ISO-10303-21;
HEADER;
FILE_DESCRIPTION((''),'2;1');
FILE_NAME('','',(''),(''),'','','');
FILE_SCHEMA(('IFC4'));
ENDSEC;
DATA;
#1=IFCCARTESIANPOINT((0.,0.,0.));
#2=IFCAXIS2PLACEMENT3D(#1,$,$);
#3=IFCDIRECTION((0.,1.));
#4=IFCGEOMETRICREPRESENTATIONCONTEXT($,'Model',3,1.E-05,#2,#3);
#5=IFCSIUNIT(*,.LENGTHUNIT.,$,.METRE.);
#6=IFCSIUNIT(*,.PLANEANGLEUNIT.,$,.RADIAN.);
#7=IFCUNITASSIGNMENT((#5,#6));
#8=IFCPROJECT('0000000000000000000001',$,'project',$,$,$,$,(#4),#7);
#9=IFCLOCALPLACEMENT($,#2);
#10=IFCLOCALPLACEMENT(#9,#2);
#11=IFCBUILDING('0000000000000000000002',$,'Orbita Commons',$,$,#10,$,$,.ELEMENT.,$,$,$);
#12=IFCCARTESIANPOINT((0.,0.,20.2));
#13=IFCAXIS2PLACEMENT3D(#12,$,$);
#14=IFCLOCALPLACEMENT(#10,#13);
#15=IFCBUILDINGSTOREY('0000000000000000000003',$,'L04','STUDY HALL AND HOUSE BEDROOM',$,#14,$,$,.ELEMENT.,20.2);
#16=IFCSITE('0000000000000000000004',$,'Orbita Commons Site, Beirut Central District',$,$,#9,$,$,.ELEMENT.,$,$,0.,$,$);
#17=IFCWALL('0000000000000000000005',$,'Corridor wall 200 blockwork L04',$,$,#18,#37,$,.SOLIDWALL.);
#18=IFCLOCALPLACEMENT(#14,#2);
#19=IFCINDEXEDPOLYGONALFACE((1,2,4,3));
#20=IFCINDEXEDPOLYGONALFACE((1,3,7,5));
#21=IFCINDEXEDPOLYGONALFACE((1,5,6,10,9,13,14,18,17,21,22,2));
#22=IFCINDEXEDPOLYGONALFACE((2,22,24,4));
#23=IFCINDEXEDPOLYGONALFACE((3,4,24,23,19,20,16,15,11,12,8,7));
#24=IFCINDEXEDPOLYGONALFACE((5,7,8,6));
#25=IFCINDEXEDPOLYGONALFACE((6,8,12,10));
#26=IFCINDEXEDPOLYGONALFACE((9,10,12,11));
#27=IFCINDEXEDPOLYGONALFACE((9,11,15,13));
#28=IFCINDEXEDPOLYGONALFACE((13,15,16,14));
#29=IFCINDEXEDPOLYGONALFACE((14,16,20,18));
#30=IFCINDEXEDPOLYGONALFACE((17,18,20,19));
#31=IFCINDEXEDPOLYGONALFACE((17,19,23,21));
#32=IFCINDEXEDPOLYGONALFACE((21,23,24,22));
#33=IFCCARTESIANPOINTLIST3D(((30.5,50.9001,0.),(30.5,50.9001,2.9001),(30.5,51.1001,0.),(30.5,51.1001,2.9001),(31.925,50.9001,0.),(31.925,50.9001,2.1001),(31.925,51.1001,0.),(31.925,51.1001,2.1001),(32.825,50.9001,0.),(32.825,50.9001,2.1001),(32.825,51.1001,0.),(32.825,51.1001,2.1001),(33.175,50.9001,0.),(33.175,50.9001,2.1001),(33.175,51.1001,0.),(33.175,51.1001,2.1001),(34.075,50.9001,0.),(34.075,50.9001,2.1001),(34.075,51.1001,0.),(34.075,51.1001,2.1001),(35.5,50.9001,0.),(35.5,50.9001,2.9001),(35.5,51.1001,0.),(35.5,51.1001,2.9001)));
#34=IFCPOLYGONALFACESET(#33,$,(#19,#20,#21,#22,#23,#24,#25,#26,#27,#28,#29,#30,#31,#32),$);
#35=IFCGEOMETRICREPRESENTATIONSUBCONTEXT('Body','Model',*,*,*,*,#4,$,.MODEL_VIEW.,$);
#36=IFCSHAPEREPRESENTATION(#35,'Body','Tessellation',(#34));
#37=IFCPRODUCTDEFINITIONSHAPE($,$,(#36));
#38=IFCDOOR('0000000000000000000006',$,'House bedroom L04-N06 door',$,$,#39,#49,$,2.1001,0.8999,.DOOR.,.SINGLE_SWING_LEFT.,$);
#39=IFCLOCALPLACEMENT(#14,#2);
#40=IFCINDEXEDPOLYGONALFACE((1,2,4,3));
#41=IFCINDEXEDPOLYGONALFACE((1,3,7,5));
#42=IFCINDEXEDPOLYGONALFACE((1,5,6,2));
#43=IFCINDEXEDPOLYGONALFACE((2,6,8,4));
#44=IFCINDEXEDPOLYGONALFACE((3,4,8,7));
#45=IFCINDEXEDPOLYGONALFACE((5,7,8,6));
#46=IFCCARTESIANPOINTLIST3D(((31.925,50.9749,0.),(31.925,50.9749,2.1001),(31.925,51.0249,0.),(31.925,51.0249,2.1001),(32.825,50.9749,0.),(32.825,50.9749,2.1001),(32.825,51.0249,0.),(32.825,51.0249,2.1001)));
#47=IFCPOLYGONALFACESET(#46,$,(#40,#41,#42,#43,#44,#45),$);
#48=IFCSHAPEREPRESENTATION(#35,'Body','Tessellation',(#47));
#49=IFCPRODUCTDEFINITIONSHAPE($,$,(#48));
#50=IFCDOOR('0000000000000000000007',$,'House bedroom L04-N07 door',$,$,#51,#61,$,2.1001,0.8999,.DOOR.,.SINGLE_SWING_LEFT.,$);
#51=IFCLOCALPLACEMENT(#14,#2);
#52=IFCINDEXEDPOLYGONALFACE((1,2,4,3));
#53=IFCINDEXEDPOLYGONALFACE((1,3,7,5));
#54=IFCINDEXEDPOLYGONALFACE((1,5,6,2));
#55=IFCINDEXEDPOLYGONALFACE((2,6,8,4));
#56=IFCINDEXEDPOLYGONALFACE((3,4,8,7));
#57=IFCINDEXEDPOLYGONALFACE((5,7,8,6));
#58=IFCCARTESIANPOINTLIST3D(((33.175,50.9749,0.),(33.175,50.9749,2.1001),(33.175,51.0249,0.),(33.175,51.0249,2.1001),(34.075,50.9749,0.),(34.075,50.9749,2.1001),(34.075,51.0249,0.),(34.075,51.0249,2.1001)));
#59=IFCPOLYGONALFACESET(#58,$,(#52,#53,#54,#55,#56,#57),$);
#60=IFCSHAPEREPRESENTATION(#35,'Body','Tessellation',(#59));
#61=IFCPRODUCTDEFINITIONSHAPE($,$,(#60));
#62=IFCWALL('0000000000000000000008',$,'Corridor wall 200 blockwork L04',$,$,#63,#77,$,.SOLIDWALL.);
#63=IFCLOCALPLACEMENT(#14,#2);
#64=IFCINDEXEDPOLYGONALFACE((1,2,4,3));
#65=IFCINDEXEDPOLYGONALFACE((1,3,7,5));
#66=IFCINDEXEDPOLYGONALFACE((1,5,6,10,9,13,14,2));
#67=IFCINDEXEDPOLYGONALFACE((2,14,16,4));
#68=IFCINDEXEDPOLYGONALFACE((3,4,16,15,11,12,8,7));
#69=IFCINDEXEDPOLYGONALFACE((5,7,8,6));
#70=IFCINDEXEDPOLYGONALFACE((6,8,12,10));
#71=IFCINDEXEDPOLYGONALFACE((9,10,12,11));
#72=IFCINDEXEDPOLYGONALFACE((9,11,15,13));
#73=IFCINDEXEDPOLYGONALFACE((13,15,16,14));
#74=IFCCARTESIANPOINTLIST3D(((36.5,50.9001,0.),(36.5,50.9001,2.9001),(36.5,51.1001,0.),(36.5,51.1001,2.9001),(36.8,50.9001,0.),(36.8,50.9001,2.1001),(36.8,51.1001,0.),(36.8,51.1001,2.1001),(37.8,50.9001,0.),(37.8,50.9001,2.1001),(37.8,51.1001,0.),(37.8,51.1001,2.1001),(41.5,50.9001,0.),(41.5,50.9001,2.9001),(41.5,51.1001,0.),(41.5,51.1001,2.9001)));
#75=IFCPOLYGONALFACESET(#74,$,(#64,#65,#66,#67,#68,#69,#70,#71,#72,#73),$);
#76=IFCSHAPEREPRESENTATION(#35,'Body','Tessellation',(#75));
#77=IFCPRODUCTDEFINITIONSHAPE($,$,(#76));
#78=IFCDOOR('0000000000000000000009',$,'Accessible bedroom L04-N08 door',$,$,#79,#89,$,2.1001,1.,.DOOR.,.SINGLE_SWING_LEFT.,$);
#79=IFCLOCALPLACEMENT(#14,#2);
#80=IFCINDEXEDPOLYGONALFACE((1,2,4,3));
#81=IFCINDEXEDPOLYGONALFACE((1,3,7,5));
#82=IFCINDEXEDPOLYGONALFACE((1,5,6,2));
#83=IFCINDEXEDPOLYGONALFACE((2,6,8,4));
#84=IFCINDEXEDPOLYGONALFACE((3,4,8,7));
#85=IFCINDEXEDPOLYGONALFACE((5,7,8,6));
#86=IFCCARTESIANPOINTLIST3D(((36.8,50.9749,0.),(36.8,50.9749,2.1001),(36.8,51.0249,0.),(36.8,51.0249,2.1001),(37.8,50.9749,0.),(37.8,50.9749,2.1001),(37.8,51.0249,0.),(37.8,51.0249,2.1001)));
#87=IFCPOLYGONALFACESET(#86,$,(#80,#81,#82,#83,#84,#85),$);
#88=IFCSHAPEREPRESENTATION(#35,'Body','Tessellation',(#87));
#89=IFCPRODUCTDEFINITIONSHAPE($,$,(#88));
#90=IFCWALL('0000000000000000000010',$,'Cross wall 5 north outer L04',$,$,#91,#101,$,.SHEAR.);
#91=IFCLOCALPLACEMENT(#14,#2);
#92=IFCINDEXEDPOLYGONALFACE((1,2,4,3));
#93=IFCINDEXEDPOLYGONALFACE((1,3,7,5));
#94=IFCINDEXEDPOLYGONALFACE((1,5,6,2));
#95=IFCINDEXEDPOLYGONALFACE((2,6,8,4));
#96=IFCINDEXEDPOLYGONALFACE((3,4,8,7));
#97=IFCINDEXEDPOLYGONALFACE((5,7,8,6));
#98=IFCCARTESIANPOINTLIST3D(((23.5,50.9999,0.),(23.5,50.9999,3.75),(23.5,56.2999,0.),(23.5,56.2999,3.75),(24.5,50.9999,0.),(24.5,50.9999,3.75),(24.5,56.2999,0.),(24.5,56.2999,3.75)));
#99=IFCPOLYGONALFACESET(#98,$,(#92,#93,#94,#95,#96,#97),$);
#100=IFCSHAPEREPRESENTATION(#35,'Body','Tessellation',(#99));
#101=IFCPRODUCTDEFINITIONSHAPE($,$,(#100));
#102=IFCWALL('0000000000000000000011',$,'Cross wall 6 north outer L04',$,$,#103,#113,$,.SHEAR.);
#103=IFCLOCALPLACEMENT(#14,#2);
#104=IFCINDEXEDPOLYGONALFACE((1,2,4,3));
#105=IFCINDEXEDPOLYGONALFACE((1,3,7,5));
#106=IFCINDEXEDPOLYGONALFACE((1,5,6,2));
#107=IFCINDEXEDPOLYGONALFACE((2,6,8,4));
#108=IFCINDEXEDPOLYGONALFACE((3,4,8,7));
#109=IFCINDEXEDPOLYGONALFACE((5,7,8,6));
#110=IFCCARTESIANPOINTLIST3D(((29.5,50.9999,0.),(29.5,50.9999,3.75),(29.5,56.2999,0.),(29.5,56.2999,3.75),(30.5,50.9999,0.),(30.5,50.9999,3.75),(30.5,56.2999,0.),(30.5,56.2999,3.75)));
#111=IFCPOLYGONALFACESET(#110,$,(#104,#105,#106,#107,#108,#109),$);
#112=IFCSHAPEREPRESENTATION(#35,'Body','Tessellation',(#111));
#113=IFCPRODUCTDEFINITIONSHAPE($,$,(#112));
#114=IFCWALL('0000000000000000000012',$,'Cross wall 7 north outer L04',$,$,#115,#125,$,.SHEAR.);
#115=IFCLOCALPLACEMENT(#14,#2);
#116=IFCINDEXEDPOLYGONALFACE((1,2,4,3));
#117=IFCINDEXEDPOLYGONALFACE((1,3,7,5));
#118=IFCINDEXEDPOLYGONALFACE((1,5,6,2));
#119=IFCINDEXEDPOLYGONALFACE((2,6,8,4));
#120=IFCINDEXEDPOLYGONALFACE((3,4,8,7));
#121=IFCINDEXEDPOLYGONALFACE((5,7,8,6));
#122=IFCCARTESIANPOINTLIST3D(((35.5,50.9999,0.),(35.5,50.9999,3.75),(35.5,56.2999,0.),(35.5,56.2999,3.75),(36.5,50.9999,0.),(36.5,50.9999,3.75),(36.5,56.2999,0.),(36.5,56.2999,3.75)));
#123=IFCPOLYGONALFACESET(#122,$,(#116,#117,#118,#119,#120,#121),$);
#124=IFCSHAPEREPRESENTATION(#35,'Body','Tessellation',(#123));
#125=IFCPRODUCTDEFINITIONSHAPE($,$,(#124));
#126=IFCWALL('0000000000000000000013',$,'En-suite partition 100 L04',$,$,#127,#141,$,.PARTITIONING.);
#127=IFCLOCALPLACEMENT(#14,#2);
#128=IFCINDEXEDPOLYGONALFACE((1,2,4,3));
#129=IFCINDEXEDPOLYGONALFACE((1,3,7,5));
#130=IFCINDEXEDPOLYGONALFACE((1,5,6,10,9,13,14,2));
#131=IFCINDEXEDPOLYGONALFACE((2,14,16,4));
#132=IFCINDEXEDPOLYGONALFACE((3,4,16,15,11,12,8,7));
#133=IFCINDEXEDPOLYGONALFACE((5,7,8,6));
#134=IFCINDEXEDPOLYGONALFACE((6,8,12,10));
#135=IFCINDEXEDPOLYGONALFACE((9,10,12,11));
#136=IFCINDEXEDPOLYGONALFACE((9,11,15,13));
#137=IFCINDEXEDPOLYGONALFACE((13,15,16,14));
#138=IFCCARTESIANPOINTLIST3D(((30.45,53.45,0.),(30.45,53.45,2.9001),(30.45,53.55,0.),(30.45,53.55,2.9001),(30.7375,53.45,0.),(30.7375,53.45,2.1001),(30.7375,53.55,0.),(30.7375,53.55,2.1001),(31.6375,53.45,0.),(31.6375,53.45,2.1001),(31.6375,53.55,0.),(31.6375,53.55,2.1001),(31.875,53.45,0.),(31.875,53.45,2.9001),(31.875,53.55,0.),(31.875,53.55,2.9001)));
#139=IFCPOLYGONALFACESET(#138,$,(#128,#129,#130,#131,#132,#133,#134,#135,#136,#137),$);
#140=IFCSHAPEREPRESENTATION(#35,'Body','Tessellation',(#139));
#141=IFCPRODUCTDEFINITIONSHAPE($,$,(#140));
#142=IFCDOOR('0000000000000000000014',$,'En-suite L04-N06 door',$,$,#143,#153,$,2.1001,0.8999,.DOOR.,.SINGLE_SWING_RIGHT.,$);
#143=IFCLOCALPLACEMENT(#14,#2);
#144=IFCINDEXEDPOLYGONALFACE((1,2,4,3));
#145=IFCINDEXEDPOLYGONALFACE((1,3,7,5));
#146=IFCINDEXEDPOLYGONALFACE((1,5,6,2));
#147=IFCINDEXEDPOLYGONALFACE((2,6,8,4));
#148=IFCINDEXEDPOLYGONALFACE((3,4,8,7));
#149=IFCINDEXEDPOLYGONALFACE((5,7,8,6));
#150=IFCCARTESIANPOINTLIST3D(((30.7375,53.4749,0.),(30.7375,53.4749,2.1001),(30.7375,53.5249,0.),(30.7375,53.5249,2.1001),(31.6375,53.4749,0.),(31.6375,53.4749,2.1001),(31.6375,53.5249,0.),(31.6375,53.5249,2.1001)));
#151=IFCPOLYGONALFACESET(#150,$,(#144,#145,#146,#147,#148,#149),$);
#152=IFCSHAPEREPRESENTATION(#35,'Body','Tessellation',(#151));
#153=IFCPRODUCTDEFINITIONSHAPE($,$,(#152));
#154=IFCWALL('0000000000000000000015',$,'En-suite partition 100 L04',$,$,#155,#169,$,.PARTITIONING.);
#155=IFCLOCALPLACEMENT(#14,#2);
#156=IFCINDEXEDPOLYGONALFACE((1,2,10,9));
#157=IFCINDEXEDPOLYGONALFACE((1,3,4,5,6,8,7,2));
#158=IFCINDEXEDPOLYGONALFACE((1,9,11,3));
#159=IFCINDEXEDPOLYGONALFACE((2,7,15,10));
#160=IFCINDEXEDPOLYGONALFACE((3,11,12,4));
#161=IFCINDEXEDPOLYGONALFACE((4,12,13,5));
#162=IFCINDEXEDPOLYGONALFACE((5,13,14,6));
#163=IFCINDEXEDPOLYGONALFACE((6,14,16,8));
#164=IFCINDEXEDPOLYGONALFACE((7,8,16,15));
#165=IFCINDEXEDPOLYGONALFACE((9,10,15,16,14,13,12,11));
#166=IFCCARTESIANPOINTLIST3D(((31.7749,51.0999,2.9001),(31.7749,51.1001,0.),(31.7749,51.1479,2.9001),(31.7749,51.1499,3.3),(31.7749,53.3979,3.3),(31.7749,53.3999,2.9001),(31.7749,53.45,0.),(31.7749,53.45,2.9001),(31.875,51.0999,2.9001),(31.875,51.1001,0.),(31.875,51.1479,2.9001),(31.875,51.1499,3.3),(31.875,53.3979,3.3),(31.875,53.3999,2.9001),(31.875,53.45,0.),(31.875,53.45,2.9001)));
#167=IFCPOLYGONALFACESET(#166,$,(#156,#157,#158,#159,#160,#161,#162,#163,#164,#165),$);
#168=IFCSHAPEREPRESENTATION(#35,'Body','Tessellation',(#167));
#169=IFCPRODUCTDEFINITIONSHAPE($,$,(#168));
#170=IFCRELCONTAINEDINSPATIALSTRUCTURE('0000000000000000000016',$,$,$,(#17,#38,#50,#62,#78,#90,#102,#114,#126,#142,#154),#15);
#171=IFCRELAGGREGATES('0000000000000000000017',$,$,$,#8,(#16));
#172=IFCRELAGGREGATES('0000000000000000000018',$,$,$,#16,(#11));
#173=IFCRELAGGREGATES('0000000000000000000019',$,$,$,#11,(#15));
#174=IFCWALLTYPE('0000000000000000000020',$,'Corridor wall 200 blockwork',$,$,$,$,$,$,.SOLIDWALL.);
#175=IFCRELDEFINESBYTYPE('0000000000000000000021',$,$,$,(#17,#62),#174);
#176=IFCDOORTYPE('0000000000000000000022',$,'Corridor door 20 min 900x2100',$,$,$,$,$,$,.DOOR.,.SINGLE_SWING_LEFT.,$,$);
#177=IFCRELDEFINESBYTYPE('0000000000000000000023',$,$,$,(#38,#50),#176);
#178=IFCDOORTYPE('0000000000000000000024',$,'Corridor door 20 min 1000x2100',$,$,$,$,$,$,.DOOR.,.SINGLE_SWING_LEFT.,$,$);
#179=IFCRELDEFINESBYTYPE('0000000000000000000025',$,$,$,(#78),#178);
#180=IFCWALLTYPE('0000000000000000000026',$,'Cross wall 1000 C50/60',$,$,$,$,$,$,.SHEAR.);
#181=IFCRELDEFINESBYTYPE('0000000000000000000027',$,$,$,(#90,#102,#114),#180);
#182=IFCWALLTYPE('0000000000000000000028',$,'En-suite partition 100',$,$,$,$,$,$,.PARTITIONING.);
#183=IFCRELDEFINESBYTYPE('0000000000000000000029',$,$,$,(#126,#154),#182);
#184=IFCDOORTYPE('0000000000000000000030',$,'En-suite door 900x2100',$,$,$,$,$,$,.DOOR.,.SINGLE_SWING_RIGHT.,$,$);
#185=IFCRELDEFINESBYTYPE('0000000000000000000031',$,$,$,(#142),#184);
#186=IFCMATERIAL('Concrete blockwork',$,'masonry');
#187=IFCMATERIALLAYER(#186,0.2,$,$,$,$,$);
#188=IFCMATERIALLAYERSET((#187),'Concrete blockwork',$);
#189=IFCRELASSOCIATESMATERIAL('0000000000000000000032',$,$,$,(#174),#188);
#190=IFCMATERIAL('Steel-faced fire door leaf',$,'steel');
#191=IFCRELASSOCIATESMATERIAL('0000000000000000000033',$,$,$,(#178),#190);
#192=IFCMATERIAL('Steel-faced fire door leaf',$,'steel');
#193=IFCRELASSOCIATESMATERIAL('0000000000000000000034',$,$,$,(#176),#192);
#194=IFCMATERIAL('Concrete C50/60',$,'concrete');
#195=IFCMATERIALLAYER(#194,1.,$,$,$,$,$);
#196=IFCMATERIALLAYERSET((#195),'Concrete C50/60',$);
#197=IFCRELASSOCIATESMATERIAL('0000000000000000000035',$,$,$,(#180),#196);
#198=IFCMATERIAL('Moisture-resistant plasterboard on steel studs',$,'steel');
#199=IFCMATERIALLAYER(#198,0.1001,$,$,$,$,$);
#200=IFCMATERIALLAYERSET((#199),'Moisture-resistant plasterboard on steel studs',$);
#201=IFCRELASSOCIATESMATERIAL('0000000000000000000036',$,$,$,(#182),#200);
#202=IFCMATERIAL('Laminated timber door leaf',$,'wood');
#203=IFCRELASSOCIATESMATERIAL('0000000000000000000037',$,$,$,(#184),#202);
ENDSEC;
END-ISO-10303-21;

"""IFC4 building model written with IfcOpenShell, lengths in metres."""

from ifc_helpers import new_model, si_unit, direction, frame, frame_2d, origin, place, context, subcontext, project, spatial, polyline, rectangle, outline, extrude, material, layer, layer_set, type_object, element, fill, save


model = new_model("IFC4")

# Units and contexts
model_context = context("Model", 3, precision=1e-05, world=origin(), true_north=direction((0.0, 1.0)))
body_context = subcontext(model_context, "Body", "Model", "MODEL_VIEW")
ifc_project = project(units=[si_unit("LENGTHUNIT", "METRE"), si_unit("PLANEANGLEUNIT", "RADIAN")], contexts=[model_context])

# Site, building, storey
site_placement = place(None, origin())
site = spatial("IfcSite", under=ifc_project, at=site_placement, Name="Orbita Commons Site, Beirut Central District", CompositionType="ELEMENT", RefElevation=0.0)
building_placement = place(site_placement, origin())
building = spatial("IfcBuilding", under=site, at=building_placement, Name="Orbita Commons", CompositionType="ELEMENT")
storey_placement = place(building_placement, frame((0.0, 0.0, 20.2)))
storey = spatial("IfcBuildingStorey", under=building, at=storey_placement, Name="L04", Description="STUDY HALL AND HOUSE BEDROOM", CompositionType="ELEMENT", Elevation=20.2)

# Shared definitions
ifc_material_1 = material(Name="Concrete blockwork", Category="masonry")
ifc_layer_1 = layer(ifc_material_1, 0.2)
ifc_layer_set_1 = layer_set([ifc_layer_1], Name="Concrete blockwork")
wall_type_1 = type_object("IfcWallType", Name="Corridor wall 200 blockwork", PredefinedType="SOLIDWALL", material=ifc_layer_set_1)
ifc_material_2 = material(Name="Steel-faced fire door leaf", Category="steel")
door_type_1 = type_object("IfcDoorType", Name="Corridor door 20 min 1000x2100", OperationType="SINGLE_SWING_LEFT", PredefinedType="DOOR", material=ifc_material_2)

# Wall, openings, doors
wall_1_placement = place(storey_placement, frame((30.5, 51.0, 0.0), z_axis=(0.0, 0.0, 1.0), x_axis=(1.0, 0.0, 0.0)))
wall_1 = element("IfcWall", 1, at=wall_1_placement, inside=storey, type_object=wall_type_1, Name="Corridor wall 200 blockwork L04", PredefinedType="SOLIDWALL", context=body_context, shape_type="SweptSolid", body=[
    extrude(outline(polyline([(0.0, 0.0), (5.0, 0.0), (5.0, 2.9001), (0.0, 2.9001), (0.0, 0.0)])), frame((0.0, 0.1001, 0.0), z_axis=(0.0, -1.0, 0.0), x_axis=(1.0, 0.0, 0.0)), (0.0, 0.0, 1.0), 0.2),
])
opening_1_placement = place(wall_1_placement, frame((1.425, 0.0, 0.0)))
opening_1 = element("IfcOpeningElement", 2, at=opening_1_placement, cuts=wall_1, PredefinedType="OPENING", context=body_context, shape_type="SweptSolid", body=[
    extrude(rectangle(XDim=0.8999, YDim=2.1001, at=frame_2d((0.45, 1.05))), frame((0.0, 0.1099, 0.0), z_axis=(0.0, -1.0, 0.0), x_axis=(1.0, 0.0, 0.0)), (0.0, 0.0, 1.0), 0.22),
])
opening_2_placement = place(wall_1_placement, frame((2.675, 0.0, 0.0)))
opening_2 = element("IfcOpeningElement", 3, at=opening_2_placement, cuts=wall_1, PredefinedType="OPENING", context=body_context, shape_type="SweptSolid", body=[
    extrude(rectangle(XDim=0.8999, YDim=2.1001, at=frame_2d((0.45, 1.05))), frame((0.0, 0.1099, 0.0), z_axis=(0.0, -1.0, 0.0), x_axis=(1.0, 0.0, 0.0)), (0.0, 0.0, 1.0), 0.22),
])
ifc_material_3 = material(Name="Steel-faced fire door leaf", Category="steel")
door_type_2 = type_object("IfcDoorType", Name="Corridor door 20 min 900x2100", OperationType="SINGLE_SWING_LEFT", PredefinedType="DOOR", material=ifc_material_3)
door_1_placement = place(opening_1_placement, origin())
door_1 = element("IfcDoor", 4, at=door_1_placement, inside=storey, type_object=door_type_2, Name="House bedroom L04-N06 door", OperationType="SINGLE_SWING_LEFT", OverallHeight=2.1001, OverallWidth=0.8999, PredefinedType="DOOR", context=body_context, shape_type="SweptSolid", body=[
    extrude(rectangle(XDim=0.8999, YDim=2.1001, at=frame_2d((0.45, 1.05))), frame((0.0, 0.0249, 0.0), z_axis=(0.0, -1.0, 0.0), x_axis=(1.0, 0.0, 0.0)), (0.0, 0.0, 1.0), 0.05),
])
fill(opening_1, door_1)
door_2_placement = place(opening_2_placement, origin())
door_2 = element("IfcDoor", 5, at=door_2_placement, inside=storey, type_object=door_type_2, Name="House bedroom L04-N07 door", OperationType="SINGLE_SWING_LEFT", OverallHeight=2.1001, OverallWidth=0.8999, PredefinedType="DOOR", context=body_context, shape_type="SweptSolid", body=[
    extrude(rectangle(XDim=0.8999, YDim=2.1001, at=frame_2d((0.45, 1.05))), frame((0.0, 0.0249, 0.0), z_axis=(0.0, -1.0, 0.0), x_axis=(1.0, 0.0, 0.0)), (0.0, 0.0, 1.0), 0.05),
])
fill(opening_2, door_2)

# Wall, opening, door
wall_2_placement = place(storey_placement, frame((36.5, 51.0, 0.0), z_axis=(0.0, 0.0, 1.0), x_axis=(1.0, 0.0, 0.0)))
wall_2 = element("IfcWall", 6, at=wall_2_placement, inside=storey, type_object=wall_type_1, Name="Corridor wall 200 blockwork L04", PredefinedType="SOLIDWALL", context=body_context, shape_type="SweptSolid", body=[
    extrude(outline(polyline([(0.0, 0.0), (5.0, 0.0), (5.0, 2.9001), (0.0, 2.9001), (0.0, 0.0)])), frame((0.0, 0.1001, 0.0), z_axis=(0.0, -1.0, 0.0), x_axis=(1.0, 0.0, 0.0)), (0.0, 0.0, 1.0), 0.2),
])
opening_3_placement = place(wall_2_placement, frame((0.3, 0.0, 0.0)))
opening_3 = element("IfcOpeningElement", 7, at=opening_3_placement, cuts=wall_2, PredefinedType="OPENING", context=body_context, shape_type="SweptSolid", body=[
    extrude(rectangle(XDim=1.0, YDim=2.1001, at=frame_2d((0.5, 1.05))), frame((0.0, 0.1099, 0.0), z_axis=(0.0, -1.0, 0.0), x_axis=(1.0, 0.0, 0.0)), (0.0, 0.0, 1.0), 0.22),
])
door_3_placement = place(opening_3_placement, origin())
door_3 = element("IfcDoor", 8, at=door_3_placement, inside=storey, type_object=door_type_1, Name="Accessible bedroom L04-N08 door", OperationType="SINGLE_SWING_LEFT", OverallHeight=2.1001, OverallWidth=1.0, PredefinedType="DOOR", context=body_context, shape_type="SweptSolid", body=[
    extrude(rectangle(XDim=1.0, YDim=2.1001, at=frame_2d((0.5, 1.05))), frame((0.0, 0.0249, 0.0), z_axis=(0.0, -1.0, 0.0), x_axis=(1.0, 0.0, 0.0)), (0.0, 0.0, 1.0), 0.05),
])
fill(opening_3, door_3)

# Walls
ifc_material_4 = material(Name="Concrete C50/60", Category="concrete")
ifc_layer_2 = layer(ifc_material_4, 1.0)
ifc_layer_set_2 = layer_set([ifc_layer_2], Name="Concrete C50/60")
wall_type_2 = type_object("IfcWallType", Name="Cross wall 1000 C50/60", PredefinedType="SHEAR", material=ifc_layer_set_2)
for number, where, z_axis, x_axis, name in (
    (9, (24.0, 51.0, 0.0), (0.0, 0.0, 1.0), (0.0, 1.0, 0.0), "Cross wall 5 north outer L04"),
    (10, (30.0, 51.0, 0.0), (0.0, 0.0, 1.0), (0.0, 1.0, 0.0), "Cross wall 6 north outer L04"),
    (11, (36.0, 51.0, 0.0), (0.0, 0.0, 1.0), (0.0, 1.0, 0.0), "Cross wall 7 north outer L04"),
):
    element("IfcWall", number, at=place(storey_placement, frame(where, z_axis=z_axis, x_axis=x_axis)), inside=storey, type_object=wall_type_2, Name=name, PredefinedType="SHEAR", context=body_context, shape_type="SweptSolid", body=[
        extrude(rectangle(XDim=5.3, YDim=1.0, at=frame_2d((2.6499, 0.0))), origin(), (0.0, 0.0, 1.0), 3.75),
    ])

# Wall, opening, door
ifc_material_5 = material(Name="Moisture-resistant plasterboard on steel studs", Category="steel")
ifc_layer_3 = layer(ifc_material_5, 0.1001)
ifc_layer_set_3 = layer_set([ifc_layer_3], Name="Moisture-resistant plasterboard on steel studs")
wall_type_3 = type_object("IfcWallType", Name="En-suite partition 100", PredefinedType="PARTITIONING", material=ifc_layer_set_3)
wall_3_placement = place(storey_placement, frame((30.45, 53.5, 0.0), z_axis=(0.0, 0.0, 1.0), x_axis=(1.0, 0.0, 0.0)))
wall_3 = element("IfcWall", 12, at=wall_3_placement, inside=storey, type_object=wall_type_3, Name="En-suite partition 100 L04", PredefinedType="PARTITIONING", context=body_context, shape_type="SweptSolid", body=[
    extrude(outline(polyline([(0.0, 0.0), (1.425, 0.0), (1.425, 2.9001), (0.0, 2.9001), (0.0, 0.0)])), frame((0.0, 0.05, 0.0), z_axis=(0.0, -1.0, 0.0), x_axis=(1.0, 0.0, 0.0)), (0.0, 0.0, 1.0), 0.1001),
])
opening_4_placement = place(wall_3_placement, frame((0.2876, 0.0, 0.0)))
opening_4 = element("IfcOpeningElement", 13, at=opening_4_placement, cuts=wall_3, PredefinedType="OPENING", context=body_context, shape_type="SweptSolid", body=[
    extrude(rectangle(XDim=0.8999, YDim=2.1001, at=frame_2d((0.45, 1.05))), frame((0.0, 0.0601, 0.0), z_axis=(0.0, -1.0, 0.0), x_axis=(1.0, 0.0, 0.0)), (0.0, 0.0, 1.0), 0.1201),
])
ifc_material_6 = material(Name="Laminated timber door leaf", Category="wood")
door_type_3 = type_object("IfcDoorType", Name="En-suite door 900x2100", OperationType="SINGLE_SWING_RIGHT", PredefinedType="DOOR", material=ifc_material_6)
door_4_placement = place(opening_4_placement, origin())
door_4 = element("IfcDoor", 14, at=door_4_placement, inside=storey, type_object=door_type_3, Name="En-suite L04-N06 door", OperationType="SINGLE_SWING_RIGHT", OverallHeight=2.1001, OverallWidth=0.8999, PredefinedType="DOOR", context=body_context, shape_type="SweptSolid", body=[
    extrude(rectangle(XDim=0.8999, YDim=2.1001, at=frame_2d((0.45, 1.05))), frame((0.0, 0.0249, 0.0), z_axis=(0.0, -1.0, 0.0), x_axis=(1.0, 0.0, 0.0)), (0.0, 0.0, 1.0), 0.05),
])
fill(opening_4, door_4)

# Wall
wall_4_placement = place(storey_placement, frame((31.825, 53.45, 0.0), z_axis=(0.0, 0.0, 1.0), x_axis=(0.0, -1.0, 0.0)))
element("IfcWall", 15, at=wall_4_placement, inside=storey, type_object=wall_type_3, Name="En-suite partition 100 L04", PredefinedType="PARTITIONING", context=body_context, shape_type="SweptSolid", body=[
    extrude(outline(polyline([(0.0, 0.0), (2.3499, 0.0), (2.3501, 2.9001), (2.302, 2.9001), (2.3, 3.3), (0.052, 3.3), (0.05, 2.9001), (0.0, 2.9001), (0.0, 0.0)])), frame((0.0, 0.05, 0.0), z_axis=(0.0, -1.0, 0.0), x_axis=(1.0, 0.0, 0.0)), (0.0, 0.0, 1.0), 0.1001),
])

save(model, "model.ifc")
